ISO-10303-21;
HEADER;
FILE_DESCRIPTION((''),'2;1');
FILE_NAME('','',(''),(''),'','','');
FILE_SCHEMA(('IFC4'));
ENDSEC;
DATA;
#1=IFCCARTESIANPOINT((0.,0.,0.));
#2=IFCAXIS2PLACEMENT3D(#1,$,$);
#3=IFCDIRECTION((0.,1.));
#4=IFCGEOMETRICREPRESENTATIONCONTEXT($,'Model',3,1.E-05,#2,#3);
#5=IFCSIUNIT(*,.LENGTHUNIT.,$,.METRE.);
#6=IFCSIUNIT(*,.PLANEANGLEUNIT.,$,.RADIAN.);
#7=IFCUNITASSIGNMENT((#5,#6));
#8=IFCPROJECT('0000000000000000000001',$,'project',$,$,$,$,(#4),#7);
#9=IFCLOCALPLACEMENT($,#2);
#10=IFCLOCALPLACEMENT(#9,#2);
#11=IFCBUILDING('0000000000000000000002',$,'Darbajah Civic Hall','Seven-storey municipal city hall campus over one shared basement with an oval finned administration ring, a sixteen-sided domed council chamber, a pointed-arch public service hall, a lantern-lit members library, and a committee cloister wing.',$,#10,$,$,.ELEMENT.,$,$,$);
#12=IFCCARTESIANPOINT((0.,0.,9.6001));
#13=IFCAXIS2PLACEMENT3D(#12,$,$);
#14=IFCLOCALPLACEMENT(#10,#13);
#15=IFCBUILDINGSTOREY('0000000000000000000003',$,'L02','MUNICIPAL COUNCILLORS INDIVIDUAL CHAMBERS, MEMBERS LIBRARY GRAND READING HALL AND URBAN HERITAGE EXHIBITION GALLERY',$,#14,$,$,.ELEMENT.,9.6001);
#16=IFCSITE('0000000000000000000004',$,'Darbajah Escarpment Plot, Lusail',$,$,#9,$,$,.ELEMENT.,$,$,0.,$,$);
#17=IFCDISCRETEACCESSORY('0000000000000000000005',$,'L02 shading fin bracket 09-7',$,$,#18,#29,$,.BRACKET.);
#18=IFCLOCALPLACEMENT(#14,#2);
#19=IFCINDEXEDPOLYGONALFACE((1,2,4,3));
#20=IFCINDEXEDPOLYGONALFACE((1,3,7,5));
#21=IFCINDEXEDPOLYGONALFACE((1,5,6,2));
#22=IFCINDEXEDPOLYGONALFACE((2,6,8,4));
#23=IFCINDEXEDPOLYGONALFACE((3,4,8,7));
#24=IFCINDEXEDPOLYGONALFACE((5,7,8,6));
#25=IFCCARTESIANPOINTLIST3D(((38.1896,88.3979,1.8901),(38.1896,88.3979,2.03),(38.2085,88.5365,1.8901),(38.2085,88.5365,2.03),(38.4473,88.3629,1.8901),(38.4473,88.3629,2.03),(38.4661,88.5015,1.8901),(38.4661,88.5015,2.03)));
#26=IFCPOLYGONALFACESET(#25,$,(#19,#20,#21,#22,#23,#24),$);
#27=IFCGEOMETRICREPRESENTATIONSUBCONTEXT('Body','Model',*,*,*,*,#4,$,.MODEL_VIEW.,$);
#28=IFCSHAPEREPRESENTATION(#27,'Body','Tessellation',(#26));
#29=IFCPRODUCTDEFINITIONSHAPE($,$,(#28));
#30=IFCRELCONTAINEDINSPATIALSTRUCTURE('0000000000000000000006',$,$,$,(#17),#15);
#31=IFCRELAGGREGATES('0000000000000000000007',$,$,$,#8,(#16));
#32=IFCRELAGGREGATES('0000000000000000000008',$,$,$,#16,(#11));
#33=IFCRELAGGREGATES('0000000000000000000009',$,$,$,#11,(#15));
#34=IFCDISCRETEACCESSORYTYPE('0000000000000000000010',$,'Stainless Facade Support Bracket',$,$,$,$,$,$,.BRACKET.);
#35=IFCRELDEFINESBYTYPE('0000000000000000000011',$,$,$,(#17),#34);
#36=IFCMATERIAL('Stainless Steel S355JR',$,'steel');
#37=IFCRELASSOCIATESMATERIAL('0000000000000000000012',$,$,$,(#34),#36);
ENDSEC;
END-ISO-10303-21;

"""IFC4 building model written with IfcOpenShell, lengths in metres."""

from ifc_helpers import new_model, si_unit, direction, frame, origin, origin_2d, place, context, subcontext, project, spatial, rectangle, extrude, material, type_object, element, save


model = new_model("IFC4")

# Units and contexts
model_context = context("Model", 3, precision=1e-05, world=origin(), true_north=direction((0.0, 1.0)))
body_context = subcontext(model_context, "Body", "Model", "MODEL_VIEW")
ifc_project = project(units=[si_unit("LENGTHUNIT", "METRE"), si_unit("PLANEANGLEUNIT", "RADIAN")], contexts=[model_context])

# Site, building, storey
site_placement = place(None, origin())
site = spatial("IfcSite", under=ifc_project, at=site_placement, Name="Darbajah Escarpment Plot, Lusail", CompositionType="ELEMENT", RefElevation=0.0)
building_placement = place(site_placement, origin())
building = spatial("IfcBuilding", under=site, at=building_placement, Name="Darbajah Civic Hall", Description="Seven-storey municipal city hall campus over one shared basement with an oval finned administration ring, a sixteen-sided domed council chamber, a pointed-arch public service hall, a lantern-lit members library, and a committee cloister wing.", CompositionType="ELEMENT")
storey_placement = place(building_placement, frame((0.0, 0.0, 9.6001)))
storey = spatial("IfcBuildingStorey", under=building, at=storey_placement, Name="L02", Description="MUNICIPAL COUNCILLORS INDIVIDUAL CHAMBERS, MEMBERS LIBRARY GRAND READING HALL AND URBAN HERITAGE EXHIBITION GALLERY", CompositionType="ELEMENT", Elevation=9.6001)

# Discrete accessory
ifc_material_1 = material(Name="Stainless Steel S355JR", Category="steel")
discrete_accessory_type = type_object("IfcDiscreteAccessoryType", Name="Stainless Facade Support Bracket", PredefinedType="BRACKET", material=ifc_material_1)
for number, where, z_axis, x_axis, name in (
    (1, (38.3279, 88.4497, 1.8901), (0.0, 0.0, 1.0), (-0.990866, 0.134851, 0.0), "L02 shading fin bracket 09-7"),
):
    element("IfcDiscreteAccessory", number, at=place(storey_placement, frame(where, z_axis=z_axis, x_axis=x_axis)), inside=storey, type_object=discrete_accessory_type, Name=name, PredefinedType="BRACKET", context=body_context, shape_type="SweptSolid", body=[
        extrude(rectangle(XDim=0.26, YDim=0.1399, at=origin_2d()), origin(), (0.0, 0.0, 1.0), 0.1399),
    ])

save(model, "model.ifc")
